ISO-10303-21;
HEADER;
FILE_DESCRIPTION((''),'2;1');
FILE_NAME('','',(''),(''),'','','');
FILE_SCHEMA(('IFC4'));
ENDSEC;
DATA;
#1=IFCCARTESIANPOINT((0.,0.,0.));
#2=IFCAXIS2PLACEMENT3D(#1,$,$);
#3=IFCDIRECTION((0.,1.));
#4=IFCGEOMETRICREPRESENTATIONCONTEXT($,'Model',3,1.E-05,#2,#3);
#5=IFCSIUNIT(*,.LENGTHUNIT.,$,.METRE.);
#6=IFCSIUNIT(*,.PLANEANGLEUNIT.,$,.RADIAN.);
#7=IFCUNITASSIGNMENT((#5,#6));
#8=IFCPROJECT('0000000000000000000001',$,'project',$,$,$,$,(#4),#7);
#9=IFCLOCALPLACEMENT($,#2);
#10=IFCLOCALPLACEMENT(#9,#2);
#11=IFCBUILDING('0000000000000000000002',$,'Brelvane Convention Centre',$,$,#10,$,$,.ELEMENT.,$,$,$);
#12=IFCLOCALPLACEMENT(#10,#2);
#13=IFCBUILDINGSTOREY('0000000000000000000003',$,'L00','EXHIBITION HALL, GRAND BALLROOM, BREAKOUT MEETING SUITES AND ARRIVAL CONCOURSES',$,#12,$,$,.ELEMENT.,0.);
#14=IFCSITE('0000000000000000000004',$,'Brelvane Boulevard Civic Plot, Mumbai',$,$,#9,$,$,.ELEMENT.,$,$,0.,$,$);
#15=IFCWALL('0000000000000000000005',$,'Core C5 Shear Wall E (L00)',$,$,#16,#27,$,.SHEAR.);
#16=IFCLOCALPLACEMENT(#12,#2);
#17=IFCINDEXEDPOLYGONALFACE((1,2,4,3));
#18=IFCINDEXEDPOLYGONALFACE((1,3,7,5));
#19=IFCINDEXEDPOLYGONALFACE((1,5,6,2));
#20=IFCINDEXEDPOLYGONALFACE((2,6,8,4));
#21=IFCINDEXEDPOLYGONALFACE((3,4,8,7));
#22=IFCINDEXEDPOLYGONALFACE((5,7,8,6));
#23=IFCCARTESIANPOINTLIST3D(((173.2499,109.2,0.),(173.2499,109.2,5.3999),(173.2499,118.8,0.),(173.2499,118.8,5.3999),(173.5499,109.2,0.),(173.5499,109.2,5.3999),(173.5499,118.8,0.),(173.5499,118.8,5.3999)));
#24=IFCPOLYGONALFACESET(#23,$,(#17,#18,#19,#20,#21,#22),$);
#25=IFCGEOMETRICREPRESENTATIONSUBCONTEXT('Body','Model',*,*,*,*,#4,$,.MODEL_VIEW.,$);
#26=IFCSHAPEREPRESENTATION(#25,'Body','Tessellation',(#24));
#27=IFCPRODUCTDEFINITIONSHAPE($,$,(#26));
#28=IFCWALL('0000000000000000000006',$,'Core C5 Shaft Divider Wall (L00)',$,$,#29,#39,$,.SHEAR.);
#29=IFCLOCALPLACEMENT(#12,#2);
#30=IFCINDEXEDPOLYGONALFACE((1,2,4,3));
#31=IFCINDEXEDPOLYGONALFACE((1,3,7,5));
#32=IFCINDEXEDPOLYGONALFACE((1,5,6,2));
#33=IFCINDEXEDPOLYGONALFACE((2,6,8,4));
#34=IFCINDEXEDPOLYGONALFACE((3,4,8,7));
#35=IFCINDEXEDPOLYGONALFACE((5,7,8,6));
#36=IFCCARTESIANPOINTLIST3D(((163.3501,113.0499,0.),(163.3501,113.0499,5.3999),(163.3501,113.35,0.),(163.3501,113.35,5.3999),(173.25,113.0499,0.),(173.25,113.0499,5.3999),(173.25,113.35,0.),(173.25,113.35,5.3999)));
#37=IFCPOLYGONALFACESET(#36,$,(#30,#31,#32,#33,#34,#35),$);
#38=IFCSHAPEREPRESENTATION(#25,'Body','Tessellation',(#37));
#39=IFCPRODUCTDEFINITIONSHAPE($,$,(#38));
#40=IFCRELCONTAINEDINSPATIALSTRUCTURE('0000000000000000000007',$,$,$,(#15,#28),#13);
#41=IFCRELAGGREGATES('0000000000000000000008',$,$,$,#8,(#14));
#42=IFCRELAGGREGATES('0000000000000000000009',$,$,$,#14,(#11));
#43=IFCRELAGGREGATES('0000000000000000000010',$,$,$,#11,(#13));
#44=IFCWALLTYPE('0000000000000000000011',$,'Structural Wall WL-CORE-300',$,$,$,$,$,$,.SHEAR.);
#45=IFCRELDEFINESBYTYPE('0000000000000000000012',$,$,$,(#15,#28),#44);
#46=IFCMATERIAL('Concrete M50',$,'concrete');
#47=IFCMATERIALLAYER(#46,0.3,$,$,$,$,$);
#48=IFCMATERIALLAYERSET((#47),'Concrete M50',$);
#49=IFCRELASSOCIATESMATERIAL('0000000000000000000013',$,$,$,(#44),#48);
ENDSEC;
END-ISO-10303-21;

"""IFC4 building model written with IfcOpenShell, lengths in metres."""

from ifc_helpers import new_model, si_unit, direction, frame, frame_2d, origin, place, context, subcontext, project, spatial, rectangle, extrude, material, layer, layer_set, type_object, element, save


model = new_model("IFC4")

# Units and contexts
model_context = context("Model", 3, precision=1e-05, world=origin(), true_north=direction((0.0, 1.0)))
body_context = subcontext(model_context, "Body", "Model", "MODEL_VIEW")
ifc_project = project(units=[si_unit("LENGTHUNIT", "METRE"), si_unit("PLANEANGLEUNIT", "RADIAN")], contexts=[model_context])

# Site, building, storey
site_placement = place(None, origin())
site = spatial("IfcSite", under=ifc_project, at=site_placement, Name="Brelvane Boulevard Civic Plot, Mumbai", CompositionType="ELEMENT", RefElevation=0.0)
building_placement = place(site_placement, origin())
building = spatial("IfcBuilding", under=site, at=building_placement, Name="Brelvane Convention Centre", CompositionType="ELEMENT")
storey_placement = place(building_placement, origin())
storey = spatial("IfcBuildingStorey", under=building, at=storey_placement, Name="L00", Description="EXHIBITION HALL, GRAND BALLROOM, BREAKOUT MEETING SUITES AND ARRIVAL CONCOURSES", CompositionType="ELEMENT", Elevation=0.0)

# Shared definitions
ifc_material_1 = material(Name="Concrete M50", Category="concrete")
ifc_layer_1 = layer(ifc_material_1, 0.3)
ifc_layer_set_1 = layer_set([ifc_layer_1], Name="Concrete M50")
wall_type_1 = type_object("IfcWallType", Name="Structural Wall WL-CORE-300", PredefinedType="SHEAR", material=ifc_layer_set_1)

# Walls
for number, where, z_axis, x_axis, name in (
    (1, (173.3999, 109.2, 0.0), (0.0, 0.0, 1.0), (0.0, 1.0, 0.0), "Core C5 Shear Wall E (L00)"),
):
    element("IfcWall", number, at=place(storey_placement, frame(where, z_axis=z_axis, x_axis=x_axis)), inside=storey, type_object=wall_type_1, Name=name, PredefinedType="SHEAR", context=body_context, shape_type="SweptSolid", body=[
        extrude(rectangle(XDim=9.6001, YDim=0.3, at=frame_2d((4.8, 0.0))), origin(), (0.0, 0.0, 1.0), 5.3999),
    ])
wall_1_placement = place(storey_placement, frame((163.3501, 113.2, 0.0), z_axis=(0.0, 0.0, 1.0), x_axis=(1.0, 0.0, 0.0)))
element("IfcWall", 2, at=wall_1_placement, inside=storey, type_object=wall_type_1, Name="Core C5 Shaft Divider Wall (L00)", PredefinedType="SHEAR", context=body_context, shape_type="SweptSolid", body=[
    extrude(rectangle(XDim=9.8999, YDim=0.3, at=frame_2d((4.95, 0.0))), origin(), (0.0, 0.0, 1.0), 5.3999),
])

save(model, "model.ifc")
